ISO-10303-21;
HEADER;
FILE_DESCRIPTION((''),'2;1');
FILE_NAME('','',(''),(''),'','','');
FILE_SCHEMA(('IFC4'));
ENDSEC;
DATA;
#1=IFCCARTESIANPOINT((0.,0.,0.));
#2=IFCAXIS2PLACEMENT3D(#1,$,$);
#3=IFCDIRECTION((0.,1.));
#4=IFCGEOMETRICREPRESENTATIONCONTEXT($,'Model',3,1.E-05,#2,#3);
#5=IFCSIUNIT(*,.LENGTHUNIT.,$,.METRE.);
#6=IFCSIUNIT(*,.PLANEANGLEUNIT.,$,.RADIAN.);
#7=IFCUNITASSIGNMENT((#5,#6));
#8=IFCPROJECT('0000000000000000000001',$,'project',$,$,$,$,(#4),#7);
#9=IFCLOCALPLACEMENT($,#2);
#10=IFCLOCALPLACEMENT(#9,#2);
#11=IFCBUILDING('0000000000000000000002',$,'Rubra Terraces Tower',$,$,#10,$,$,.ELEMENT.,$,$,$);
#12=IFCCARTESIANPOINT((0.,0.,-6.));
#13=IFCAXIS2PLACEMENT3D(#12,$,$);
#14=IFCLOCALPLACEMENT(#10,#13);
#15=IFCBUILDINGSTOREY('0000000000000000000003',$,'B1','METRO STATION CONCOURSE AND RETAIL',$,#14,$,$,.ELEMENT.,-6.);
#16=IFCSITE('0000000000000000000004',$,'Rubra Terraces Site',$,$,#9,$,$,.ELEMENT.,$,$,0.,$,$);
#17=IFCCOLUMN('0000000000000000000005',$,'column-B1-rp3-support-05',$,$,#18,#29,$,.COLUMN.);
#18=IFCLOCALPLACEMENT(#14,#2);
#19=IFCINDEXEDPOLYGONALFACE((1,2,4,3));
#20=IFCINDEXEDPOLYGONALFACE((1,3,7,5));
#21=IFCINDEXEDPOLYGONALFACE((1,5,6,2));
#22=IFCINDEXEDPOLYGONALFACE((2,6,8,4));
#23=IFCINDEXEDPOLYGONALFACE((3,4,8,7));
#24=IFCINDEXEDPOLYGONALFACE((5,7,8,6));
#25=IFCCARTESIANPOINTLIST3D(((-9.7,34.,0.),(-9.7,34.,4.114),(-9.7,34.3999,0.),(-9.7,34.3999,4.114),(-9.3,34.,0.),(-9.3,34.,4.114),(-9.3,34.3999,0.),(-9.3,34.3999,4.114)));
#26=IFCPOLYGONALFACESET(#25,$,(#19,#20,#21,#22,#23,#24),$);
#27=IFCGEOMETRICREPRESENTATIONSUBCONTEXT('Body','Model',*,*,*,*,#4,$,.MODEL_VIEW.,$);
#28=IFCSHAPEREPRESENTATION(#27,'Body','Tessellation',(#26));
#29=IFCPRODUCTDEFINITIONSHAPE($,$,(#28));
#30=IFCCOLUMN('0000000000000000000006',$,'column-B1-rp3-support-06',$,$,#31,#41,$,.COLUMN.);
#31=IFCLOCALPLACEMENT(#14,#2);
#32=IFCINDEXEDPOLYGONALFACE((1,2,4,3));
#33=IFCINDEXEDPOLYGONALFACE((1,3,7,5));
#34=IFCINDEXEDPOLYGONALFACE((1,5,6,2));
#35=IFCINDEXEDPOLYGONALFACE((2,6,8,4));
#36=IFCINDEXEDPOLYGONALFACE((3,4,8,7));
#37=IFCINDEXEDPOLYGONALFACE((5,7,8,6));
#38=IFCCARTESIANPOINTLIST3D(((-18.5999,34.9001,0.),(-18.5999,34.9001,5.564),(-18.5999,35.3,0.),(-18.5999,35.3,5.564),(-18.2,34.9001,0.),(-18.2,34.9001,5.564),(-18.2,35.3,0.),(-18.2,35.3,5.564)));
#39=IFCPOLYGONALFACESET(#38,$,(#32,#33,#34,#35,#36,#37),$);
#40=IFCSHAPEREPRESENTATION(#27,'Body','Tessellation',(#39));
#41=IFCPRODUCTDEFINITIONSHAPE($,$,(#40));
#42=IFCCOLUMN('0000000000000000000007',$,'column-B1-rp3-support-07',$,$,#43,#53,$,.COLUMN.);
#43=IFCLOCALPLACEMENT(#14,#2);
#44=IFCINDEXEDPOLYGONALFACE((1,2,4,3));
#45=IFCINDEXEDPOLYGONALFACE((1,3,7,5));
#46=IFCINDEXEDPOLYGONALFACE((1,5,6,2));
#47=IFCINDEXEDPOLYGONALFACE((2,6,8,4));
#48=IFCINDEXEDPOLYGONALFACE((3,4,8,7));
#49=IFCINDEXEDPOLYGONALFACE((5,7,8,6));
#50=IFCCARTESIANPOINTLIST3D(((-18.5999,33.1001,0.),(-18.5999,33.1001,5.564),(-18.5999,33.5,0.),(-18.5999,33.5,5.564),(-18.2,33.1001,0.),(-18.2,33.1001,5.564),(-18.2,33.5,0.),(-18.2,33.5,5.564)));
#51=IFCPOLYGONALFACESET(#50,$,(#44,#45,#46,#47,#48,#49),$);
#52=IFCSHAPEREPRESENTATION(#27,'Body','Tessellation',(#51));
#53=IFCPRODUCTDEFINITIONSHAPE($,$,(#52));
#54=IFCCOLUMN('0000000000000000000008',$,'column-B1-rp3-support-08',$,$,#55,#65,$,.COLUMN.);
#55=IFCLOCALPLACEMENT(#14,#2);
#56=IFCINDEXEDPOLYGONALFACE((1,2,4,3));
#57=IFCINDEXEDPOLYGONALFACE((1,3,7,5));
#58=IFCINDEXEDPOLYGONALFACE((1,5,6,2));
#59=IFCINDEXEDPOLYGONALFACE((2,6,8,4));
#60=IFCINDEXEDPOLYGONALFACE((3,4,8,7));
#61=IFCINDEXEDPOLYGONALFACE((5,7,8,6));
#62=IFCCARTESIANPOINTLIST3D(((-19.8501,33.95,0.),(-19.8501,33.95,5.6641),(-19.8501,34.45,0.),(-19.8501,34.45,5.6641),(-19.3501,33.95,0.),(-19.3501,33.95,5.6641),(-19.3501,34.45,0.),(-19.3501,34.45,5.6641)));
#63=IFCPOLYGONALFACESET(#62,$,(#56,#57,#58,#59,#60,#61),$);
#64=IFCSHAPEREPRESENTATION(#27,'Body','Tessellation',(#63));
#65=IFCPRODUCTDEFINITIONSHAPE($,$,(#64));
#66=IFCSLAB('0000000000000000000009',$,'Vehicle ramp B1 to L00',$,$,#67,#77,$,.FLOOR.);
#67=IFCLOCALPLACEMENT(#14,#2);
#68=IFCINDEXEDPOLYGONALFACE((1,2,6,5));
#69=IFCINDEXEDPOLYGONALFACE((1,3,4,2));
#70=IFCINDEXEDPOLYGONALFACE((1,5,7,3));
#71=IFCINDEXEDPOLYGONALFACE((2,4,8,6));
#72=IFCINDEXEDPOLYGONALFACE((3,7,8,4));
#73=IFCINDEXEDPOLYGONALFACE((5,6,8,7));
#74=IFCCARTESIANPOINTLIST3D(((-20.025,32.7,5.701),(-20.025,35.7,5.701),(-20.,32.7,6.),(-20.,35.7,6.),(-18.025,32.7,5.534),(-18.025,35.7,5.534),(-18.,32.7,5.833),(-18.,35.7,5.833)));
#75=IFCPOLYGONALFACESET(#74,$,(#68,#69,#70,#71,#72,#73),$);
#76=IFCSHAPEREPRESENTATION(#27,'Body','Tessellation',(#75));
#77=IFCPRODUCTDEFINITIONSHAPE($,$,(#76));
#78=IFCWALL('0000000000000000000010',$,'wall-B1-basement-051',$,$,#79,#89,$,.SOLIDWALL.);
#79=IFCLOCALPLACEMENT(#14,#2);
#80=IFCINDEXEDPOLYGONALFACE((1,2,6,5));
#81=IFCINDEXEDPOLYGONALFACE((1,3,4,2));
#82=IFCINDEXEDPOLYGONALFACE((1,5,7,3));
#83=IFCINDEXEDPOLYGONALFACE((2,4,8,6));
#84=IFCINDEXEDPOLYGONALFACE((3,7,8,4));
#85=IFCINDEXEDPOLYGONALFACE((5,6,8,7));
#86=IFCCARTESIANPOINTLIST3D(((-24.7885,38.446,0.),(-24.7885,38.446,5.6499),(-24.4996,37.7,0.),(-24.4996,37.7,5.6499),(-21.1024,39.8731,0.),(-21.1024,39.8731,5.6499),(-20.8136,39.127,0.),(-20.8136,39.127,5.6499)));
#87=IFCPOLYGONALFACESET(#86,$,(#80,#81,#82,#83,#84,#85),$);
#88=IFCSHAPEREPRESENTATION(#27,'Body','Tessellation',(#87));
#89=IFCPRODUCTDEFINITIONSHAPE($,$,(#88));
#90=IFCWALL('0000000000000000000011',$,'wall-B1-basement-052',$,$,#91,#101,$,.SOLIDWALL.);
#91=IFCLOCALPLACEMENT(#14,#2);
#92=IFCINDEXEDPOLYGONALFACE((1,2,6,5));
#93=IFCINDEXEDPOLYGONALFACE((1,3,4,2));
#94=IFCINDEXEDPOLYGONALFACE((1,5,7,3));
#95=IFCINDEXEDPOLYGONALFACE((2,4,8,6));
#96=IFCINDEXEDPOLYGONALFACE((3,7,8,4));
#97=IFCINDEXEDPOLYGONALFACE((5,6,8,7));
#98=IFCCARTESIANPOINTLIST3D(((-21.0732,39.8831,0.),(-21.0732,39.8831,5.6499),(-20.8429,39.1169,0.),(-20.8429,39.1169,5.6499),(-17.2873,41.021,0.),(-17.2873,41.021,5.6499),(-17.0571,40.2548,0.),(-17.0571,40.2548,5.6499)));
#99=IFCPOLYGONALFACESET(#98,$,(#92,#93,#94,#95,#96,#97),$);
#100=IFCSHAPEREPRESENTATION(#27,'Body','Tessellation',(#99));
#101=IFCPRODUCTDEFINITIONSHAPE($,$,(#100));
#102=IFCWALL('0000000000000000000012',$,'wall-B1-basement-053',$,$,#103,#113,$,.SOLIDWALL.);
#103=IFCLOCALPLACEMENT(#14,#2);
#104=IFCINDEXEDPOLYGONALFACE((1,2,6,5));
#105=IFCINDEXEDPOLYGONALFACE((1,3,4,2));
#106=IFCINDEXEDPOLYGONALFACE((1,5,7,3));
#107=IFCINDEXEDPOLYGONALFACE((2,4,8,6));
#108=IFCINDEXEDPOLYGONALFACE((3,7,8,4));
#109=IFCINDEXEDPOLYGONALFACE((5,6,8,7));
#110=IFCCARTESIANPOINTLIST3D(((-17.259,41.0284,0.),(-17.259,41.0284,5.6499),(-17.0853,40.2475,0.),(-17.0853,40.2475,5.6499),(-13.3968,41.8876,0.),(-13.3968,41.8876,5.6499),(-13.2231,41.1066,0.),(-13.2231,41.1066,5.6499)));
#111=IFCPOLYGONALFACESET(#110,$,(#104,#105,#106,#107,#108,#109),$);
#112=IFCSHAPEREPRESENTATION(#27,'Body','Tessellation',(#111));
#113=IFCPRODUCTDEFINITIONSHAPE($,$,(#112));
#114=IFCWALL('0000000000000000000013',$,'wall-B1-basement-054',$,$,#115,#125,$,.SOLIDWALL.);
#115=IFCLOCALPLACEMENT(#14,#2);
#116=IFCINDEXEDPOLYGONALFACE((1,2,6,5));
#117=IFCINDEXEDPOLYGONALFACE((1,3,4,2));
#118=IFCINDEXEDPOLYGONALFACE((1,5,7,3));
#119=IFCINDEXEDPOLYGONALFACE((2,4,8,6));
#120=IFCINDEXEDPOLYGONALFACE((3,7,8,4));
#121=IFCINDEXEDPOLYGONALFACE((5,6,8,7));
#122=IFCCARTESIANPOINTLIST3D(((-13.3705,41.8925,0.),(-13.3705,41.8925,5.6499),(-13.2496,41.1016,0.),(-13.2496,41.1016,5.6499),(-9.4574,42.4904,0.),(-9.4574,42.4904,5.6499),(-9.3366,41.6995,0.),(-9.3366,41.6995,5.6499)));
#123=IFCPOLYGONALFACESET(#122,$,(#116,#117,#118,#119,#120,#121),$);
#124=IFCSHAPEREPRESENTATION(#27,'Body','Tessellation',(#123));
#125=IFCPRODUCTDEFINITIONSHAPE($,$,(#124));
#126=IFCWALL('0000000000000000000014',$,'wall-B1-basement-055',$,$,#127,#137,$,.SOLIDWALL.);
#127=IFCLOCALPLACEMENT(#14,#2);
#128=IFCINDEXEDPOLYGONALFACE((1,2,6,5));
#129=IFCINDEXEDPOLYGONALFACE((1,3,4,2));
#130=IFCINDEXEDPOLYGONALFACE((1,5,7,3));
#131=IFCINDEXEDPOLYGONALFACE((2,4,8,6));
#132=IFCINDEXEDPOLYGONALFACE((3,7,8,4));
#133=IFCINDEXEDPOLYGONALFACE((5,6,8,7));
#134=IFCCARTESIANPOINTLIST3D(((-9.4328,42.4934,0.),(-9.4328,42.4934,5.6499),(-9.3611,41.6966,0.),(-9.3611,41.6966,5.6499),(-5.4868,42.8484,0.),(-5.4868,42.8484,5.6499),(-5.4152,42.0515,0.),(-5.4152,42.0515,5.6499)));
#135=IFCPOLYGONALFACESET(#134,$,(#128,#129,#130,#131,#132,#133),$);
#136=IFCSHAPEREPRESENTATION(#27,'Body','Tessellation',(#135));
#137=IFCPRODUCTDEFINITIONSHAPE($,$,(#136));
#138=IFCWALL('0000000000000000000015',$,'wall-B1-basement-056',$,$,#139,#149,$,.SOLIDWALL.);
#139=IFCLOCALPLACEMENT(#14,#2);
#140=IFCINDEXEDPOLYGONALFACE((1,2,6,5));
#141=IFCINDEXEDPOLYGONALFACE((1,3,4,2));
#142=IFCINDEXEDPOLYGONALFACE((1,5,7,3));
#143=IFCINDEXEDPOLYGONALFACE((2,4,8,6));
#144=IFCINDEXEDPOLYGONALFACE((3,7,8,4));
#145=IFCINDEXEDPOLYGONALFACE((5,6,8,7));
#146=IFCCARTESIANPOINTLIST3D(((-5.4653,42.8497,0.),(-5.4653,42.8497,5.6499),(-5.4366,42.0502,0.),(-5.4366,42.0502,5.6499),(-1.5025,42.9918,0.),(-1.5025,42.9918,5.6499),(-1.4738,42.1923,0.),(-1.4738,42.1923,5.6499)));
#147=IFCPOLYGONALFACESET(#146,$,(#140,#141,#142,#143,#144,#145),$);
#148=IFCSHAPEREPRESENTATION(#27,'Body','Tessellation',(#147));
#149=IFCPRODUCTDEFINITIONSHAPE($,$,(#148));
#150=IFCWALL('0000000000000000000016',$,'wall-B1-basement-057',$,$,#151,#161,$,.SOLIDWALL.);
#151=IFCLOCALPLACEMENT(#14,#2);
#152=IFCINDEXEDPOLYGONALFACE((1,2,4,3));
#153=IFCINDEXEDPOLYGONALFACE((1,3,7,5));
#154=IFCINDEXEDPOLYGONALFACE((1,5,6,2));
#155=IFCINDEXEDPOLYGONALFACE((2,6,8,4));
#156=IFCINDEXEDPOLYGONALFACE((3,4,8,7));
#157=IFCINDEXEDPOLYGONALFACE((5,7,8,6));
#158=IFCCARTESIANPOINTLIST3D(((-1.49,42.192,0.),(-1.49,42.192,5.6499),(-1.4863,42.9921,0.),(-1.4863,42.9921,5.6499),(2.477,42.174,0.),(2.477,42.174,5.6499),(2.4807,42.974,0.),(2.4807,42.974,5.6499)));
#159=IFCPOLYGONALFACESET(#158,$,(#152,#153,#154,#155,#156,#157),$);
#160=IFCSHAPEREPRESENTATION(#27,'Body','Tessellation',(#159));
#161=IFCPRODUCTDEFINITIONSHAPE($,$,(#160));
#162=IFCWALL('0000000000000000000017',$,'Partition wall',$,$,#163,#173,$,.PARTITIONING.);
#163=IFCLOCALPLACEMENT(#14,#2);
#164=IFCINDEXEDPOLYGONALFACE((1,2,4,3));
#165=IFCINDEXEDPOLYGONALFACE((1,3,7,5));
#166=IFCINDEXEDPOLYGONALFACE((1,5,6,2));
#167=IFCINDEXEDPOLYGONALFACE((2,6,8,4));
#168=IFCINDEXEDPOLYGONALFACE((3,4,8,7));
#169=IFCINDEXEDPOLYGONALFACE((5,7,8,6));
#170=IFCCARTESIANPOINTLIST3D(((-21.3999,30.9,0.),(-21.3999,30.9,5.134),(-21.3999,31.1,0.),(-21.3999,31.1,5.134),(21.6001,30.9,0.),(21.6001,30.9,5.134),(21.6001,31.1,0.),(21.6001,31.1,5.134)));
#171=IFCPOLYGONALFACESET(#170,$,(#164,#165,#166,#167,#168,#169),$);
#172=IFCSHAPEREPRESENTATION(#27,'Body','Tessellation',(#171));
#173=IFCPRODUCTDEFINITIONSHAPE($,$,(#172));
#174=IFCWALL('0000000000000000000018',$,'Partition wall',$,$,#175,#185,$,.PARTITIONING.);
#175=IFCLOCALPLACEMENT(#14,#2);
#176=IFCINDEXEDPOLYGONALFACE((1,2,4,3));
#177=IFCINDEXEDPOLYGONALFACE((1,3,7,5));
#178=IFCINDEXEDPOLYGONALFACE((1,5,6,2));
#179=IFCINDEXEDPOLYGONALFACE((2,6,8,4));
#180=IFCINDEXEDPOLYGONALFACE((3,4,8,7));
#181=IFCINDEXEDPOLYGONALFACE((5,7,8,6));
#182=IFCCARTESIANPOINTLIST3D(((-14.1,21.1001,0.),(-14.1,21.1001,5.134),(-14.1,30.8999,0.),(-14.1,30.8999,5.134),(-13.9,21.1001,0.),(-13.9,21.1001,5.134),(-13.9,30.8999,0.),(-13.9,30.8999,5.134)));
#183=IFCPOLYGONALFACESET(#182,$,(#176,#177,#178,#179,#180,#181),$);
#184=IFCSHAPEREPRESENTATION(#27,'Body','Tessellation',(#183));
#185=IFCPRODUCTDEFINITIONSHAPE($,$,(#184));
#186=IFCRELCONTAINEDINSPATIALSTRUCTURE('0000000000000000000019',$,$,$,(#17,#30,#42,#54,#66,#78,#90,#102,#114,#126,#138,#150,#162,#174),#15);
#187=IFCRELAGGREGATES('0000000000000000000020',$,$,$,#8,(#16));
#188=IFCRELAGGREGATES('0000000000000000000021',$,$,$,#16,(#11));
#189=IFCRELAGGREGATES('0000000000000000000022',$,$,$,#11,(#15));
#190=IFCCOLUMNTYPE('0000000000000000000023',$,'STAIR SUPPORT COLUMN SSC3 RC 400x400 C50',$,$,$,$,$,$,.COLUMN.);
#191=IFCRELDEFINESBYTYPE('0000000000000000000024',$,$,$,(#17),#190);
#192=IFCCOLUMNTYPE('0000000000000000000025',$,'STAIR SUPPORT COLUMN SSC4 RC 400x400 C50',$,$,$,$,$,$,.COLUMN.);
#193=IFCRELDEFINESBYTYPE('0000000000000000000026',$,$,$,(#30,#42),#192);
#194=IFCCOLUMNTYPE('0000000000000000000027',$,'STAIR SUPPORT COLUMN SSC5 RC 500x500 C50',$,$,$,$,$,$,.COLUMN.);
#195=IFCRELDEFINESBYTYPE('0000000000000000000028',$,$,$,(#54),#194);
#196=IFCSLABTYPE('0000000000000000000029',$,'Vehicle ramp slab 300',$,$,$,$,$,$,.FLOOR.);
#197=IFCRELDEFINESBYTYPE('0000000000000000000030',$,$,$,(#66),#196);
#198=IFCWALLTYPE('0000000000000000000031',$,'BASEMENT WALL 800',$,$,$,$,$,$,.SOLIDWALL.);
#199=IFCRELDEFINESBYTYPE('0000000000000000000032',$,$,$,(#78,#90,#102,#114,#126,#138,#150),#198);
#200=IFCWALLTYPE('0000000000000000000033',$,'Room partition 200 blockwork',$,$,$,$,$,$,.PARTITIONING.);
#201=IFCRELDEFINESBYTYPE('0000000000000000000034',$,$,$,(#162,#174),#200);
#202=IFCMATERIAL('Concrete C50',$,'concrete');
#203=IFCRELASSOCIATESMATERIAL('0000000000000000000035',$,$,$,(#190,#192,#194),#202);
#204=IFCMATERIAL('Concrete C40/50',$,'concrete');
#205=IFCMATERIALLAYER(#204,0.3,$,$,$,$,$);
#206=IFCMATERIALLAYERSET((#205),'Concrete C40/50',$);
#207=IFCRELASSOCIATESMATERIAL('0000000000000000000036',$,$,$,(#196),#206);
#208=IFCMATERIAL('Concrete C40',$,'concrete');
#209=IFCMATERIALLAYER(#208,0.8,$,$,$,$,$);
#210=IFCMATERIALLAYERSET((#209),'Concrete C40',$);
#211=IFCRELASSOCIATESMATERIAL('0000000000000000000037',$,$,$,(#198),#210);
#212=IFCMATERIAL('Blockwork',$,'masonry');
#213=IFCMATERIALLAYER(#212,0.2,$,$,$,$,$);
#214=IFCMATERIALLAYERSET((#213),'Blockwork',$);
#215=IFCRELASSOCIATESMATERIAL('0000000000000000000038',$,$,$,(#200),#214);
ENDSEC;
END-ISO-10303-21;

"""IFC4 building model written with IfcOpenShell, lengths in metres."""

from ifc_helpers import new_model, si_unit, direction, frame, frame_2d, origin, origin_2d, place, context, subcontext, project, spatial, polyline, rectangle, outline, extrude, material, layer, layer_set, material_profile, profile_set, type_object, element, save


model = new_model("IFC4")

# Units and contexts
model_context = context("Model", 3, precision=1e-05, world=origin(), true_north=direction((0.0, 1.0)))
body_context = subcontext(model_context, "Body", "Model", "MODEL_VIEW")
ifc_project = project(units=[si_unit("LENGTHUNIT", "METRE"), si_unit("PLANEANGLEUNIT", "RADIAN")], contexts=[model_context])

# Site, building, storey
site_placement = place(None, origin())
site = spatial("IfcSite", under=ifc_project, at=site_placement, Name="Rubra Terraces Site", CompositionType="ELEMENT", RefElevation=0.0)
building_placement = place(site_placement, origin())
building = spatial("IfcBuilding", under=site, at=building_placement, Name="Rubra Terraces Tower", CompositionType="ELEMENT")
storey_placement = place(building_placement, frame((0.0, 0.0, -6.0)))
storey = spatial("IfcBuildingStorey", under=building, at=storey_placement, Name="B1", Description="METRO STATION CONCOURSE AND RETAIL", CompositionType="ELEMENT", Elevation=-6.0)

# Columns
ifc_material_1 = material(Name="Concrete C50", Category="concrete")
ifc_material_profile_1 = material_profile(ifc_material_1, rectangle(XDim=0.3999, YDim=0.3999, at=origin_2d()), Name="RC 400x400")
ifc_profile_set_1 = profile_set([ifc_material_profile_1], Name="Concrete C50")
column_type_1 = type_object("IfcColumnType", Name="STAIR SUPPORT COLUMN SSC3 RC 400x400 C50", PredefinedType="COLUMN", material=ifc_profile_set_1)
column_1_placement = place(storey_placement, frame((-9.5, 34.2, 0.0), z_axis=(0.0, 0.0, 1.0), x_axis=(1.0, 0.0, 0.0)))
element("IfcColumn", 1, at=column_1_placement, inside=storey, type_object=column_type_1, Name="column-B1-rp3-support-05", PredefinedType="COLUMN", context=body_context, shape_type="SweptSolid", body=[
    extrude(rectangle(XDim=0.3999, YDim=0.3999, at=origin_2d()), origin(), (0.0, 0.0, 1.0), 4.114),
])
ifc_material_profile_2 = material_profile(ifc_material_1, rectangle(XDim=0.3999, YDim=0.3999, at=origin_2d()), Name="RC 400x400")
ifc_profile_set_2 = profile_set([ifc_material_profile_2], Name="Concrete C50")
column_type_2 = type_object("IfcColumnType", Name="STAIR SUPPORT COLUMN SSC4 RC 400x400 C50", PredefinedType="COLUMN", material=ifc_profile_set_2)
for number, where, z_axis, x_axis, name in (
    (2, (-18.3999, 35.1001, 0.0), (0.0, 0.0, 1.0), (1.0, 0.0, 0.0), "column-B1-rp3-support-06"),
    (3, (-18.3999, 33.3, 0.0), (0.0, 0.0, 1.0), (1.0, 0.0, 0.0), "column-B1-rp3-support-07"),
):
    element("IfcColumn", number, at=place(storey_placement, frame(where, z_axis=z_axis, x_axis=x_axis)), inside=storey, type_object=column_type_2, Name=name, PredefinedType="COLUMN", context=body_context, shape_type="SweptSolid", body=[
        extrude(rectangle(XDim=0.3999, YDim=0.3999, at=origin_2d()), origin(), (0.0, 0.0, 1.0), 5.564),
    ])
ifc_material_profile_3 = material_profile(ifc_material_1, rectangle(XDim=0.5, YDim=0.5, at=origin_2d()), Name="RC 500x500")
ifc_profile_set_3 = profile_set([ifc_material_profile_3], Name="Concrete C50")
column_type_3 = type_object("IfcColumnType", Name="STAIR SUPPORT COLUMN SSC5 RC 500x500 C50", PredefinedType="COLUMN", material=ifc_profile_set_3)
column_2_placement = place(storey_placement, frame((-19.6001, 34.2, 0.0), z_axis=(0.0, 0.0, 1.0), x_axis=(1.0, 0.0, 0.0)))
element("IfcColumn", 4, at=column_2_placement, inside=storey, type_object=column_type_3, Name="column-B1-rp3-support-08", PredefinedType="COLUMN", context=body_context, shape_type="SweptSolid", body=[
    extrude(rectangle(XDim=0.5, YDim=0.5, at=origin_2d()), origin(), (0.0, 0.0, 1.0), 5.6641),
])

# Slab
ifc_material_2 = material(Name="Concrete C40/50", Category="concrete")
ifc_layer_1 = layer(ifc_material_2, 0.3)
ifc_layer_set_1 = layer_set([ifc_layer_1], Name="Concrete C40/50")
slab_type = type_object("IfcSlabType", Name="Vehicle ramp slab 300", PredefinedType="FLOOR", material=ifc_layer_set_1)
slab_placement = place(storey_placement, frame((-18.0, 35.7, 5.833), z_axis=(0.083207, 0.0, 0.996532), x_axis=(-0.996532, 0.0, 0.083207)))
element("IfcSlab", 5, at=slab_placement, inside=storey, type_object=slab_type, Name="Vehicle ramp B1 to L00", PredefinedType="FLOOR", context=body_context, shape_type="SweptSolid", body=[
    extrude(outline(polyline([(0.0, 0.0), (2.007, 0.0), (2.007, 3.0), (0.0, 3.0), (0.0, 0.0)])), origin(), (0.0, 0.0, -1.0), 0.3),
])

# Walls
ifc_material_3 = material(Name="Concrete C40", Category="concrete")
ifc_layer_2 = layer(ifc_material_3, 0.8)
ifc_layer_set_2 = layer_set([ifc_layer_2], Name="Concrete C40")
wall_type_1 = type_object("IfcWallType", Name="BASEMENT WALL 800", PredefinedType="SOLIDWALL", material=ifc_layer_set_2)
wall_1_placement = place(storey_placement, frame((-24.644, 38.073, 0.0), z_axis=(0.0, 0.0, 1.0), x_axis=(0.932555, 0.361027, 0.0)))
element("IfcWall", 6, at=wall_1_placement, inside=storey, type_object=wall_type_1, Name="wall-B1-basement-051", PredefinedType="SOLIDWALL", context=body_context, shape_type="SweptSolid", body=[
    extrude(rectangle(XDim=3.9526, YDim=0.8, at=frame_2d((1.9763, 0.0))), origin(), (0.0, 0.0, 1.0), 5.6499),
])
wall_2_placement = place(storey_placement, frame((-20.958, 39.5, 0.0), z_axis=(0.0, 0.0, 1.0), x_axis=(0.957675, 0.287852, 0.0)))
element("IfcWall", 7, at=wall_2_placement, inside=storey, type_object=wall_type_1, Name="wall-B1-basement-052", PredefinedType="SOLIDWALL", context=body_context, shape_type="SweptSolid", body=[
    extrude(rectangle(XDim=3.9531, YDim=0.8, at=frame_2d((1.9766, 0.0))), origin(), (0.0, 0.0, 1.0), 5.6499),
])
wall_3_placement = place(storey_placement, frame((-17.1721, 40.6379, 0.0), z_axis=(0.0, 0.0, 1.0), x_axis=(0.976139, 0.217146, 0.0)))
element("IfcWall", 8, at=wall_3_placement, inside=storey, type_object=wall_type_1, Name="wall-B1-basement-053", PredefinedType="SOLIDWALL", context=body_context, shape_type="SweptSolid", body=[
    extrude(rectangle(XDim=3.9565, YDim=0.8, at=frame_2d((1.9783, 0.0))), origin(), (0.0, 0.0, 1.0), 5.6499),
])
wall_4_placement = place(storey_placement, frame((-13.3101, 41.4971, 0.0), z_axis=(0.0, 0.0, 1.0), x_axis=(0.988527, 0.151042, 0.0)))
element("IfcWall", 9, at=wall_4_placement, inside=storey, type_object=wall_type_1, Name="wall-B1-basement-054", PredefinedType="SOLIDWALL", context=body_context, shape_type="SweptSolid", body=[
    extrude(rectangle(XDim=3.9585, YDim=0.8, at=frame_2d((1.9792, 0.0))), origin(), (0.0, 0.0, 1.0), 5.6499),
])
wall_5_placement = place(storey_placement, frame((-9.397, 42.095, 0.0), z_axis=(0.0, 0.0, 1.0), x_axis=(0.995978, 0.089597, 0.0)))
element("IfcWall", 10, at=wall_5_placement, inside=storey, type_object=wall_type_1, Name="wall-B1-basement-055", PredefinedType="SOLIDWALL", context=body_context, shape_type="SweptSolid", body=[
    extrude(rectangle(XDim=3.9619, YDim=0.8, at=frame_2d((1.981, 0.0))), origin(), (0.0, 0.0, 1.0), 5.6499),
])
wall_6_placement = place(storey_placement, frame((-5.4509, 42.45, 0.0), z_axis=(0.0, 0.0, 1.0), x_axis=(0.999358, 0.035832, 0.0)))
element("IfcWall", 11, at=wall_6_placement, inside=storey, type_object=wall_type_1, Name="wall-B1-basement-056", PredefinedType="SOLIDWALL", context=body_context, shape_type="SweptSolid", body=[
    extrude(rectangle(XDim=3.9653, YDim=0.8, at=frame_2d((1.9827, 0.0))), origin(), (0.0, 0.0, 1.0), 5.6499),
])
wall_7_placement = place(storey_placement, frame((-1.488, 42.592, 0.0), z_axis=(0.0, 0.0, 1.0), x_axis=(0.99999, -0.004554, 0.0)))
element("IfcWall", 12, at=wall_7_placement, inside=storey, type_object=wall_type_1, Name="wall-B1-basement-057", PredefinedType="SOLIDWALL", context=body_context, shape_type="SweptSolid", body=[
    extrude(rectangle(XDim=3.967, YDim=0.8, at=frame_2d((1.9834, 0.0))), origin(), (0.0, 0.0, 1.0), 5.6499),
])
ifc_material_4 = material(Name="Blockwork", Category="masonry")
ifc_layer_3 = layer(ifc_material_4, 0.2)
ifc_layer_set_3 = layer_set([ifc_layer_3], Name="Blockwork")
wall_type_2 = type_object("IfcWallType", Name="Room partition 200 blockwork", PredefinedType="PARTITIONING", material=ifc_layer_set_3)
wall_8_placement = place(storey_placement, frame((-21.3999, 31.0, 0.0), z_axis=(0.0, 0.0, 1.0), x_axis=(1.0, 0.0, 0.0)))
element("IfcWall", 13, at=wall_8_placement, inside=storey, type_object=wall_type_2, Name="Partition wall", PredefinedType="PARTITIONING", context=body_context, shape_type="SweptSolid", body=[
    extrude(rectangle(XDim=43.0, YDim=0.2, at=frame_2d((21.5, 0.0))), origin(), (0.0, 0.0, 1.0), 5.134),
])
wall_9_placement = place(storey_placement, frame((-14.0, 30.8999, 0.0), z_axis=(0.0, 0.0, 1.0), x_axis=(0.0, -1.0, 0.0)))
element("IfcWall", 14, at=wall_9_placement, inside=storey, type_object=wall_type_2, Name="Partition wall", PredefinedType="PARTITIONING", context=body_context, shape_type="SweptSolid", body=[
    extrude(rectangle(XDim=9.7998, YDim=0.2, at=frame_2d((4.8999, 0.0))), origin(), (0.0, 0.0, 1.0), 5.134),
])

save(model, "model.ifc")
